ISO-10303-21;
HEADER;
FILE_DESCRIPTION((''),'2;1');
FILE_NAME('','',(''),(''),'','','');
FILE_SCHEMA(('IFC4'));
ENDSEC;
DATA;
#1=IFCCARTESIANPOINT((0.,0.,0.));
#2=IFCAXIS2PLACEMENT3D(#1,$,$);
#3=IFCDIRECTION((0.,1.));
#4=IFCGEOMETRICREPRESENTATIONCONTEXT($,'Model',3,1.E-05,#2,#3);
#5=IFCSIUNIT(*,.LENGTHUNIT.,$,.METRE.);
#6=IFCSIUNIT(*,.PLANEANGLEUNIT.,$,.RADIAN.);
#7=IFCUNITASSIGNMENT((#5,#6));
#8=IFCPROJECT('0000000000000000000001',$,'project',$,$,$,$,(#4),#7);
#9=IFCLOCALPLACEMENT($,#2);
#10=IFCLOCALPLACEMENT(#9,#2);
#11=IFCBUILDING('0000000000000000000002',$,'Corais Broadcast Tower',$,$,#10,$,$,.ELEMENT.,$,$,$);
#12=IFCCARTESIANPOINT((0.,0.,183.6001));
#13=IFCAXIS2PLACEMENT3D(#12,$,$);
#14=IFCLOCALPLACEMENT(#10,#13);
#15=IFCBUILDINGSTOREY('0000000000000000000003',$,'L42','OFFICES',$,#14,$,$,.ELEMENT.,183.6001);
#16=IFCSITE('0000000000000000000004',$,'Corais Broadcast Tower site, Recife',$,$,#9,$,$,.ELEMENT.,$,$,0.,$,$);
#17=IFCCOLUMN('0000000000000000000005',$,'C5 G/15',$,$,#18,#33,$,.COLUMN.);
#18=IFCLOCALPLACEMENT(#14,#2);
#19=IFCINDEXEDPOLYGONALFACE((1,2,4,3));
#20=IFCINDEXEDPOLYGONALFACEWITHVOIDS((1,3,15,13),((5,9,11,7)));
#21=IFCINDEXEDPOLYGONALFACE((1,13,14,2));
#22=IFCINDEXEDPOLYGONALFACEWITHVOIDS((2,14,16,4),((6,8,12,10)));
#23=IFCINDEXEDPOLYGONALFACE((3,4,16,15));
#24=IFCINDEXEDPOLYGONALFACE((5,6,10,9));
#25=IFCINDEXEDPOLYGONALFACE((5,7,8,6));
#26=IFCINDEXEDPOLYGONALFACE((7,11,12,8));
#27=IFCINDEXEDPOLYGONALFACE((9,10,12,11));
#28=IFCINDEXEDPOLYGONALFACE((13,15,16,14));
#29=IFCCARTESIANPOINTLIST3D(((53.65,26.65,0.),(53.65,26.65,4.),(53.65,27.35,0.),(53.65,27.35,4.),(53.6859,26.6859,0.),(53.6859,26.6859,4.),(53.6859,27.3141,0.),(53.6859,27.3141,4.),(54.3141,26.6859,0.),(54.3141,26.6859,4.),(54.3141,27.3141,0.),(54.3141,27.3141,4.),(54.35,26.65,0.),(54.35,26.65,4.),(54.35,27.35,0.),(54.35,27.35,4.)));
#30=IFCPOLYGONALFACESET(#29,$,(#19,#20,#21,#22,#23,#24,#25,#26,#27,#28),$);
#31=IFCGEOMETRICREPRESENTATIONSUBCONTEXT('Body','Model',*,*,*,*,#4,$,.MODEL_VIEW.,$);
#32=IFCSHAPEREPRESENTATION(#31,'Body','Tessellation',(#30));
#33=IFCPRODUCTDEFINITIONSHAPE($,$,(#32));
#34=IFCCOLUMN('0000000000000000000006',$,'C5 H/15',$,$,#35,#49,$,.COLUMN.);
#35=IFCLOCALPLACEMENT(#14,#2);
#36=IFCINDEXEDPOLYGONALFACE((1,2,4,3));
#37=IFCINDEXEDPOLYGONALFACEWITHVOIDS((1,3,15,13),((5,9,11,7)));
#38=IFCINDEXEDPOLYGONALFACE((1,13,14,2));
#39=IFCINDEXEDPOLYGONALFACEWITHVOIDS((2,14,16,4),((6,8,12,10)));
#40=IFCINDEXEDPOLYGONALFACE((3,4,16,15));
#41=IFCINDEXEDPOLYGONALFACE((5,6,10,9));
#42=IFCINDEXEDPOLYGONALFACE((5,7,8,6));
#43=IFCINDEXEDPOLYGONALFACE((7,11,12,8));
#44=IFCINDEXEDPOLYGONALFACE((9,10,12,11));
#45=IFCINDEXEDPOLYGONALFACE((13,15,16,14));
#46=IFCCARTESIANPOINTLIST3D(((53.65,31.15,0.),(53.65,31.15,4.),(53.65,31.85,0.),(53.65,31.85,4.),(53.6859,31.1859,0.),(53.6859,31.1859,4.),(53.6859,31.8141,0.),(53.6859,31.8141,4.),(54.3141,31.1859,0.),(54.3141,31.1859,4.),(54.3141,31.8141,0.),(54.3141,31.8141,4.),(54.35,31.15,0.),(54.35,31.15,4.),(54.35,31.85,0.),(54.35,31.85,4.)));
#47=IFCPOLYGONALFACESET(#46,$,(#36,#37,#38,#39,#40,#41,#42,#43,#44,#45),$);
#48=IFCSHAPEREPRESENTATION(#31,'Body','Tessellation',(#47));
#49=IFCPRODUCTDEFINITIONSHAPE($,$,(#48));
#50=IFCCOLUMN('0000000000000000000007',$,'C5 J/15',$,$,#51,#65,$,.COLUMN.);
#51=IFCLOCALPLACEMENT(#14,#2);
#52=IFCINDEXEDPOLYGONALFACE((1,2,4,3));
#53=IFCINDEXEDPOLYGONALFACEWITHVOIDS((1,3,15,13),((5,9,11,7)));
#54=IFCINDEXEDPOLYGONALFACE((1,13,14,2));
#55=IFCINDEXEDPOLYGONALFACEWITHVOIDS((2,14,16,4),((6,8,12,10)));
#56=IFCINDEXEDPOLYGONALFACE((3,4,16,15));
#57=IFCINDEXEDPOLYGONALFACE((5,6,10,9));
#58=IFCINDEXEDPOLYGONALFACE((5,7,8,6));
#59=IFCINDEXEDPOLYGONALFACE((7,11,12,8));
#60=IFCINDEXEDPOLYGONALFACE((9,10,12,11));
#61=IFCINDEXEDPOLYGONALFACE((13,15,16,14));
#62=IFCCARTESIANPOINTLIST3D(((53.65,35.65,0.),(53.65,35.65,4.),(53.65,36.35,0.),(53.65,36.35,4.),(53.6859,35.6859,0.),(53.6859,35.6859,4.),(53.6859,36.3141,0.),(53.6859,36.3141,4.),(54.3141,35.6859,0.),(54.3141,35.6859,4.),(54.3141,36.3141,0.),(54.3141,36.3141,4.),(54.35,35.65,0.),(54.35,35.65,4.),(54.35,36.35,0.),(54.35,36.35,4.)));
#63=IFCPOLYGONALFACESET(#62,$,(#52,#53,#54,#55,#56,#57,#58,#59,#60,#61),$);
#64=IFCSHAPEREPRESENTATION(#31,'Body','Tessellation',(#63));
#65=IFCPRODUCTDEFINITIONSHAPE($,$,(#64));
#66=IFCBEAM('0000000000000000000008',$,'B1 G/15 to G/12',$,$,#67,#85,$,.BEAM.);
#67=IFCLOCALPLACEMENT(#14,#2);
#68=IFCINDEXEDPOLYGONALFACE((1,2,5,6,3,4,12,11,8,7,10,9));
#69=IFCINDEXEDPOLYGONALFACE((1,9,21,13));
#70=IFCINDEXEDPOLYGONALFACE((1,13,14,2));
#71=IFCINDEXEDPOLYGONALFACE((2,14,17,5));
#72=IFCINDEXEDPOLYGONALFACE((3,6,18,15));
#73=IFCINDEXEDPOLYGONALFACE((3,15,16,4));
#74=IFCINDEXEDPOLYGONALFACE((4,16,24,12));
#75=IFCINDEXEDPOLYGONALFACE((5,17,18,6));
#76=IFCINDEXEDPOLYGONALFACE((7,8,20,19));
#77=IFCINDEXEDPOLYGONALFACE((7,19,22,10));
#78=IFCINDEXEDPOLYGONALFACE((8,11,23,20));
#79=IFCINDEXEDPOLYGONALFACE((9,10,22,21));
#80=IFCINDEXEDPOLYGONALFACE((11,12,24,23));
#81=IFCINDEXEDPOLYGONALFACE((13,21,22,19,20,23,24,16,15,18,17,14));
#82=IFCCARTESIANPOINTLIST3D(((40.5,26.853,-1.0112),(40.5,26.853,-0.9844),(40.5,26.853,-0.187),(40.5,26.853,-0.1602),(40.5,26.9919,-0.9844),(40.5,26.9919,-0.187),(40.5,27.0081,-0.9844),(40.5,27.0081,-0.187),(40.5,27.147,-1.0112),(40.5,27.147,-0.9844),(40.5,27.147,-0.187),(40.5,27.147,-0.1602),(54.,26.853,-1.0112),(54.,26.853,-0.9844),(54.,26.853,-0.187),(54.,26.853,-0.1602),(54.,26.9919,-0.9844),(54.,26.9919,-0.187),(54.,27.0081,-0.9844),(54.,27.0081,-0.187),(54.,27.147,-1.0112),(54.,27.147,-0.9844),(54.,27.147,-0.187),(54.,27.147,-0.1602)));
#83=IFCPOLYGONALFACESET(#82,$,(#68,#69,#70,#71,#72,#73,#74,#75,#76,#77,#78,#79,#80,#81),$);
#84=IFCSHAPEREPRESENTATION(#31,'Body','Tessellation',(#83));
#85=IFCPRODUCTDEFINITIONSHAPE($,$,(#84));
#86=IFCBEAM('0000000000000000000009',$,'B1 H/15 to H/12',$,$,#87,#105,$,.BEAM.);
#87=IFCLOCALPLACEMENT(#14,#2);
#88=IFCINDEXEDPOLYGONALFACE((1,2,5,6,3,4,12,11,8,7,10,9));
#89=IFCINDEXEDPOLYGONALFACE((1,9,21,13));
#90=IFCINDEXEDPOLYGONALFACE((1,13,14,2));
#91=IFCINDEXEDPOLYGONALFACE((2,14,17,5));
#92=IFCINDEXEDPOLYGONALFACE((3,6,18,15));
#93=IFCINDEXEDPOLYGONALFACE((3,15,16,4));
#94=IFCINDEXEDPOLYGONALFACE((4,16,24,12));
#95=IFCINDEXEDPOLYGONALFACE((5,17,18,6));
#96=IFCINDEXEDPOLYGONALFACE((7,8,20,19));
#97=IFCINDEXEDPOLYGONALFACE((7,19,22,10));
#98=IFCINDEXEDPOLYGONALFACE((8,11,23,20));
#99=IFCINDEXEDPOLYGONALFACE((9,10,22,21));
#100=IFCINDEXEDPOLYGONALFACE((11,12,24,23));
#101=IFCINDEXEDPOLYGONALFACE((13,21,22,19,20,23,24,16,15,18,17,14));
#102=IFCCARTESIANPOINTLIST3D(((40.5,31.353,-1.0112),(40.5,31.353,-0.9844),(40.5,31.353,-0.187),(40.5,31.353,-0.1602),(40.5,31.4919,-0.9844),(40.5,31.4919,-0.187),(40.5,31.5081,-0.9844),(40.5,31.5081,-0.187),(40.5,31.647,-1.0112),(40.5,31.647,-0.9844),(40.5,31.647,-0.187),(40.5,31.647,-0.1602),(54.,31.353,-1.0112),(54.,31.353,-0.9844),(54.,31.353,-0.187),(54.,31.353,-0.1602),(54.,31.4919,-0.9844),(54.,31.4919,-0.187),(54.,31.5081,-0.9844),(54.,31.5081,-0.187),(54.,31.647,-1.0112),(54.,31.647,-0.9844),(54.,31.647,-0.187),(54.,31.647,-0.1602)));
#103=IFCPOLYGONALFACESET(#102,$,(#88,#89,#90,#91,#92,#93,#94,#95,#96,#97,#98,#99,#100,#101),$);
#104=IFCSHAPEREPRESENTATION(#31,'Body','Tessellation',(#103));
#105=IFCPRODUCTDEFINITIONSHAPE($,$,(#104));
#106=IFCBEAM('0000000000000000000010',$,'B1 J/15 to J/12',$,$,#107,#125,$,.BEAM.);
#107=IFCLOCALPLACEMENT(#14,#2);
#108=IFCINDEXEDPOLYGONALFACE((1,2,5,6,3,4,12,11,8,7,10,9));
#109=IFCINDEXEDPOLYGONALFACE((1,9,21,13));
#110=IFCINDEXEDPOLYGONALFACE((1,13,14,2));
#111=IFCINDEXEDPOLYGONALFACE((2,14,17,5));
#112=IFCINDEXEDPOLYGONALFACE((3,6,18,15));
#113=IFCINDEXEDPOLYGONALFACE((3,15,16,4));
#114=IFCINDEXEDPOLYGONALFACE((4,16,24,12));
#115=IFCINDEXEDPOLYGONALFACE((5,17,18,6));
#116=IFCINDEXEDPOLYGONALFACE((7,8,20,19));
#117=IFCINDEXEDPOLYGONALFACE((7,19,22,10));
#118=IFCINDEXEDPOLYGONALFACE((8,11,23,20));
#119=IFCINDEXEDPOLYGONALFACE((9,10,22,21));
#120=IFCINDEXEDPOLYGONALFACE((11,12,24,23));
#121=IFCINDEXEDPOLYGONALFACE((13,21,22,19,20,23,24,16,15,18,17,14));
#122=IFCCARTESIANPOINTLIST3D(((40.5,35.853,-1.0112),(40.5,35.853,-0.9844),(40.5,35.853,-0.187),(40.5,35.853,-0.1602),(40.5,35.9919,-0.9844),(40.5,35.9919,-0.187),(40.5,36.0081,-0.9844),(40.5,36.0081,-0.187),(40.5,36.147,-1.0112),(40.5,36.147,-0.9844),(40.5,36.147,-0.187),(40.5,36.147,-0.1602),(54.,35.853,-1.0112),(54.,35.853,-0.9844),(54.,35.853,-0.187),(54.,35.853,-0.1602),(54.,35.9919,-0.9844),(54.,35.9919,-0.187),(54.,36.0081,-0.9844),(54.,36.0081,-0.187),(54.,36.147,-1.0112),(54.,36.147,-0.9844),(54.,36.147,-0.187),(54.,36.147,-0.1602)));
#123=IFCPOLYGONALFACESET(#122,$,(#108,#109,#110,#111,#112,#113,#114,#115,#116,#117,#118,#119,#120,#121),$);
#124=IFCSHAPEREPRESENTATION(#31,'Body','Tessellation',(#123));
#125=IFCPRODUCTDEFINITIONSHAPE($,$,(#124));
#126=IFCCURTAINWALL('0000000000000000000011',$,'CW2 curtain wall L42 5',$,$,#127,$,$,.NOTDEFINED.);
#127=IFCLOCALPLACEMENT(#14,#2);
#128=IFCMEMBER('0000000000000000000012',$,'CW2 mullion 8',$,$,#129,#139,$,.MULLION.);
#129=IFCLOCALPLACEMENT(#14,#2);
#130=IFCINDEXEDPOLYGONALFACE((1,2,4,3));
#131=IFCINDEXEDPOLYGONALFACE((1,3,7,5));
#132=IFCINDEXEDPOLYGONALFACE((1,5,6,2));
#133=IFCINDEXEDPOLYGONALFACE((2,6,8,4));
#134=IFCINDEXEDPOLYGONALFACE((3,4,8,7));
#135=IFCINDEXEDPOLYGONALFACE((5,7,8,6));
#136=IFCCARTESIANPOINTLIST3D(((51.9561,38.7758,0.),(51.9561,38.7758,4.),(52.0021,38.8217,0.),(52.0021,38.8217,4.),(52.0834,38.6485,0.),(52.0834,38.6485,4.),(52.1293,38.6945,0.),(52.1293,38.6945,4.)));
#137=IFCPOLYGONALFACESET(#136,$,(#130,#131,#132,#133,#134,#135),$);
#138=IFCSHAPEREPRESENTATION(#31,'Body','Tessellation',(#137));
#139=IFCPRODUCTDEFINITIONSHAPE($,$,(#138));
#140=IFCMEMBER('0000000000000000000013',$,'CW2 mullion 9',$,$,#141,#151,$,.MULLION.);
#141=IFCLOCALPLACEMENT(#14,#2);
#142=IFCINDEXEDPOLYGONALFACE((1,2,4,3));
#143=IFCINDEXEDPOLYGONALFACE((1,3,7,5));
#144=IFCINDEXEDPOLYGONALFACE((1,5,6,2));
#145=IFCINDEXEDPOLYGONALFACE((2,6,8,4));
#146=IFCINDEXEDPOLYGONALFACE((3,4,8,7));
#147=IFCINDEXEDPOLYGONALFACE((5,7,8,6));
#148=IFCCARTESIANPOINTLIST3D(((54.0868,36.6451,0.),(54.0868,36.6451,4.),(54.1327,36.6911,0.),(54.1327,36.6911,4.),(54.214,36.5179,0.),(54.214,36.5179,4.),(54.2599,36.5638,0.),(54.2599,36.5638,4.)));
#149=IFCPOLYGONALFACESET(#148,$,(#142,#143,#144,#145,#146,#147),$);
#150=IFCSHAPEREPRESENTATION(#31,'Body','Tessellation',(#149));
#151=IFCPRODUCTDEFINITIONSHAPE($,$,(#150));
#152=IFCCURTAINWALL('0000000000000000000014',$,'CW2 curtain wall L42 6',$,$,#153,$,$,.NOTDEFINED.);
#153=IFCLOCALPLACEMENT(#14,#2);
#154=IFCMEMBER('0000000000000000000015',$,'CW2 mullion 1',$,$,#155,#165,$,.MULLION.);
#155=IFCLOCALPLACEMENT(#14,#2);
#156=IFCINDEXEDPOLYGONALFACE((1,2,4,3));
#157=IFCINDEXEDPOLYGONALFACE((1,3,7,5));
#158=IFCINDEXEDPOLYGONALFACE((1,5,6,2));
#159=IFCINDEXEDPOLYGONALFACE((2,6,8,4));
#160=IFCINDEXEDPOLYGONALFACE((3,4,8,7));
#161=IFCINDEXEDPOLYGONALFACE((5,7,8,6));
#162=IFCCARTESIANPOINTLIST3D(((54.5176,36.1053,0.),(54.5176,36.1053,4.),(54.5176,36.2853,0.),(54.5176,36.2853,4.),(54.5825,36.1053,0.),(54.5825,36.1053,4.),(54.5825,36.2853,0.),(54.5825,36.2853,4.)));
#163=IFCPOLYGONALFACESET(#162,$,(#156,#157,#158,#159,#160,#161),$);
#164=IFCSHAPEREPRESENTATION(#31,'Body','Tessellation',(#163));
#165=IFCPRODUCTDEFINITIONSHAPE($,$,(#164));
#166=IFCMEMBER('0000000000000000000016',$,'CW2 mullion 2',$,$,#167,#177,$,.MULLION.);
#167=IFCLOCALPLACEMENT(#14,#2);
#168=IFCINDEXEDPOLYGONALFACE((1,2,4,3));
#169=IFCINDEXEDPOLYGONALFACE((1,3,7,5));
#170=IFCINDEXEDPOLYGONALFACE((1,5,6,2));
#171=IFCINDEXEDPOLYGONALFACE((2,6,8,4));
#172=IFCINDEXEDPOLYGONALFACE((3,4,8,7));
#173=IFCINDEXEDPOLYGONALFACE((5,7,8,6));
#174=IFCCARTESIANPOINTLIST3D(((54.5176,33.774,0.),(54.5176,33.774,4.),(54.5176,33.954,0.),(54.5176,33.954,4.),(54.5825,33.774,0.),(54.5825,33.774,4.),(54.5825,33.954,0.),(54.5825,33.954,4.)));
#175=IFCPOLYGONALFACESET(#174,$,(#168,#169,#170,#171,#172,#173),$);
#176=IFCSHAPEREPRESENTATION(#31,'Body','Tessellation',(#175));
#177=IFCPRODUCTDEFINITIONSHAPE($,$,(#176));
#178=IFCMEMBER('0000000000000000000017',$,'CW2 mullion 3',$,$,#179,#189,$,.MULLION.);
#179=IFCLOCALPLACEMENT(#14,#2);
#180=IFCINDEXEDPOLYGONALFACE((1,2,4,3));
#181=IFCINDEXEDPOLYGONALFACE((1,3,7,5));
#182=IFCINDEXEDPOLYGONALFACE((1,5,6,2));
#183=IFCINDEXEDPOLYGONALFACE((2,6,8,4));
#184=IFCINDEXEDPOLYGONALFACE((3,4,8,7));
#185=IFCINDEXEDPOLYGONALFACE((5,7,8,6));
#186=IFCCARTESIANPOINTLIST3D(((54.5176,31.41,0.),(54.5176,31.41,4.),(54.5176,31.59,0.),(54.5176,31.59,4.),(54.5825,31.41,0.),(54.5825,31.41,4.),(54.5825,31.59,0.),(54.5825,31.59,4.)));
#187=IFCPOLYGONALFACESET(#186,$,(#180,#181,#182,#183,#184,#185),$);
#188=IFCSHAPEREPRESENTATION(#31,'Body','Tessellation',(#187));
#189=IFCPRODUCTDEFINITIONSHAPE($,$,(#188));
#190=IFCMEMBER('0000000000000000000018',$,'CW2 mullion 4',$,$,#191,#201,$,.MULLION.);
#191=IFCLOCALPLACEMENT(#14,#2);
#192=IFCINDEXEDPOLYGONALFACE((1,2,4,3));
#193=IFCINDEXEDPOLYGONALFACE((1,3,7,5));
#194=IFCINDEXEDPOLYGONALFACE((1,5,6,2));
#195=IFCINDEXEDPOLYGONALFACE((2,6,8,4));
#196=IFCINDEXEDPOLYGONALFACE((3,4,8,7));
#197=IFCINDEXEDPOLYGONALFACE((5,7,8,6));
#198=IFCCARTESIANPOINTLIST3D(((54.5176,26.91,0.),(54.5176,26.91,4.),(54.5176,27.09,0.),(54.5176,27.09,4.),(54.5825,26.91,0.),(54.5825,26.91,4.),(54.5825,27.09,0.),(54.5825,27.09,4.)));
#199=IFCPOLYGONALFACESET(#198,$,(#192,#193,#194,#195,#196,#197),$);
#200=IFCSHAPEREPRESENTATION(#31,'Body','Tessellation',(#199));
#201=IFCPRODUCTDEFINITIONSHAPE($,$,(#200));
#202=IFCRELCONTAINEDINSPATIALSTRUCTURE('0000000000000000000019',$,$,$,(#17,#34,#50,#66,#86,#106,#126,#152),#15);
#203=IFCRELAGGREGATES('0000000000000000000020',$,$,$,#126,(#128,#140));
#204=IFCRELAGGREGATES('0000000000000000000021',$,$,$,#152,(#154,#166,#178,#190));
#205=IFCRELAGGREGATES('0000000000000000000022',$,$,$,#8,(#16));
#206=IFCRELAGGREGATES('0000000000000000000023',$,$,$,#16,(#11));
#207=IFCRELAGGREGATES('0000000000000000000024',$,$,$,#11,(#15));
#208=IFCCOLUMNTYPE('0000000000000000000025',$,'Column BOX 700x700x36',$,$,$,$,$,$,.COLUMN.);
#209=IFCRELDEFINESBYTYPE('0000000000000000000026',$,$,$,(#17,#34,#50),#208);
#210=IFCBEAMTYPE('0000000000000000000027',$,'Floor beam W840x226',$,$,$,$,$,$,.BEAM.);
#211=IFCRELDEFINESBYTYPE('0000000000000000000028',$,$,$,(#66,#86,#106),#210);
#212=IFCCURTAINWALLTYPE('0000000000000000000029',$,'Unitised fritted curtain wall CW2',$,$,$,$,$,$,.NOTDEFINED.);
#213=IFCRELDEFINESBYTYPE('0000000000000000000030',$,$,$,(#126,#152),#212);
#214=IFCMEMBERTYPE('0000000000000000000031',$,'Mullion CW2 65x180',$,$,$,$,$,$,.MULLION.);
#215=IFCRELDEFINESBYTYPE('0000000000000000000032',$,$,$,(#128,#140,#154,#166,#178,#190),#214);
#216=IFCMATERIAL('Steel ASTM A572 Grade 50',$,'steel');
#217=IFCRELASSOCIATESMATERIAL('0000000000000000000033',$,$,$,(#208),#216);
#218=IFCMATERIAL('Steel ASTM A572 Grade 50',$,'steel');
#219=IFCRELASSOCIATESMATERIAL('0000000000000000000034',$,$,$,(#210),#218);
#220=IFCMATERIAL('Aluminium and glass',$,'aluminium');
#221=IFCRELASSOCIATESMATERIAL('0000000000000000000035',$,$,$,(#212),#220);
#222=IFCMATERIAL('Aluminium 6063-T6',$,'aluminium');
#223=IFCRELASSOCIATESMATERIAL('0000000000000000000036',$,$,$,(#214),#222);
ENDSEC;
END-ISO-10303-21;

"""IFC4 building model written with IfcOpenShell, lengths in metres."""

from ifc_helpers import new_model, si_unit, direction, frame, origin, origin_2d, place, context, subcontext, project, spatial, rectangle, hollow_rectangle, i_section, extrude, material, material_profile, profile_set, type_object, element, aggregate, save


model = new_model("IFC4")

# Units and contexts
model_context = context("Model", 3, precision=1e-05, world=origin(), true_north=direction((0.0, 1.0)))
body_context = subcontext(model_context, "Body", "Model", "MODEL_VIEW")
ifc_project = project(units=[si_unit("LENGTHUNIT", "METRE"), si_unit("PLANEANGLEUNIT", "RADIAN")], contexts=[model_context])

# Site, building, storey
site_placement = place(None, origin())
site = spatial("IfcSite", under=ifc_project, at=site_placement, Name="Corais Broadcast Tower site, Recife", CompositionType="ELEMENT", RefElevation=0.0)
building_placement = place(site_placement, origin())
building = spatial("IfcBuilding", under=site, at=building_placement, Name="Corais Broadcast Tower", CompositionType="ELEMENT")
storey_placement = place(building_placement, frame((0.0, 0.0, 183.6001)))
storey = spatial("IfcBuildingStorey", under=building, at=storey_placement, Name="L42", Description="OFFICES", CompositionType="ELEMENT", Elevation=183.6001)

# Columns
ifc_material_1 = material(Name="Steel ASTM A572 Grade 50", Category="steel")
ifc_material_profile_1 = material_profile(ifc_material_1, hollow_rectangle(XDim=0.7, YDim=0.7, WallThickness=0.0359, at=origin_2d()), Name="BOX 700x700x36")
ifc_profile_set_1 = profile_set([ifc_material_profile_1], Name="Steel ASTM A572 Grade 50")
column_type = type_object("IfcColumnType", Name="Column BOX 700x700x36", PredefinedType="COLUMN", material=ifc_profile_set_1)
for number, where, z_axis, x_axis, name in (
    (1, (54.0, 27.0, 0.0), (0.0, 0.0, 1.0), (1.0, 0.0, 0.0), "C5 G/15"),
    (2, (54.0, 31.5, 0.0), (0.0, 0.0, 1.0), (1.0, 0.0, 0.0), "C5 H/15"),
    (3, (54.0, 36.0, 0.0), (0.0, 0.0, 1.0), (1.0, 0.0, 0.0), "C5 J/15"),
):
    element("IfcColumn", number, at=place(storey_placement, frame(where, z_axis=z_axis, x_axis=x_axis)), inside=storey, type_object=column_type, Name=name, PredefinedType="COLUMN", context=body_context, shape_type="SweptSolid", body=[
        extrude(hollow_rectangle(XDim=0.7, YDim=0.7, WallThickness=0.0359, at=origin_2d()), origin(), (0.0, 0.0, 1.0), 4.0),
    ])

# Beams
ifc_material_2 = material(Name="Steel ASTM A572 Grade 50", Category="steel")
ifc_material_profile_2 = material_profile(ifc_material_2, i_section(OverallWidth=0.2939, OverallDepth=0.8511, WebThickness=0.0161, FlangeThickness=0.0269, at=origin_2d()), Name="W840x226")
ifc_profile_set_2 = profile_set([ifc_material_profile_2], Name="Steel ASTM A572 Grade 50")
beam_type_1 = type_object("IfcBeamType", Name="Floor beam W840x226", PredefinedType="BEAM", material=ifc_profile_set_2)
for number, where, z_axis, x_axis, name in (
    (4, (54.0, 27.0, -0.5857), (-1.0, 0.0, 0.0), (0.0, -1.0, 0.0), "B1 G/15 to G/12"),
    (5, (54.0, 31.5, -0.5857), (-1.0, 0.0, 0.0), (0.0, -1.0, 0.0), "B1 H/15 to H/12"),
    (6, (54.0, 36.0, -0.5857), (-1.0, 0.0, 0.0), (0.0, -1.0, 0.0), "B1 J/15 to J/12"),
):
    element("IfcBeam", number, at=place(storey_placement, frame(where, z_axis=z_axis, x_axis=x_axis)), inside=storey, type_object=beam_type_1, Name=name, PredefinedType="BEAM", context=body_context, shape_type="SweptSolid", body=[
        extrude(i_section(OverallWidth=0.2939, OverallDepth=0.8511, WebThickness=0.0161, FlangeThickness=0.0269, at=origin_2d()), origin(), (0.0, 0.0, 1.0), 13.5),
    ])

# Curtain walls, members
ifc_material_3 = material(Name="Aluminium and glass", Category="aluminium")
curtain_wall_type = type_object("IfcCurtainWallType", Name="Unitised fritted curtain wall CW2", PredefinedType="NOTDEFINED", material=ifc_material_3)
curtain_wall_1_placement = place(storey_placement, origin())
curtain_wall_1 = element("IfcCurtainWall", 7, at=curtain_wall_1_placement, inside=storey, type_object=curtain_wall_type, Name="CW2 curtain wall L42 5", PredefinedType="NOTDEFINED")
ifc_material_4 = material(Name="Aluminium 6063-T6", Category="aluminium")
ifc_material_profile_3 = material_profile(ifc_material_4, rectangle(XDim=0.0649, YDim=0.1799, at=origin_2d()), Name="Mullion CW2 65x180")
ifc_profile_set_3 = profile_set([ifc_material_profile_3], Name="Aluminium 6063-T6")
member_type_1 = type_object("IfcMemberType", Name="Mullion CW2 65x180", PredefinedType="MULLION", material=ifc_profile_set_3)
member_1_placement = place(storey_placement, frame((52.0427, 38.7351, 0.0), z_axis=(0.0, 0.0, 1.0), x_axis=(0.707107, 0.707107, 0.0)))
member_1 = element("IfcMember", 8, at=member_1_placement, type_object=member_type_1, Name="CW2 mullion 8", PredefinedType="MULLION", context=body_context, shape_type="SweptSolid", body=[
    extrude(rectangle(XDim=0.0649, YDim=0.1799, at=origin_2d()), origin(), (0.0, 0.0, 1.0), 4.0),
])
member_2_placement = place(storey_placement, frame((54.1733, 36.6045, 0.0), z_axis=(0.0, 0.0, 1.0), x_axis=(0.707107, 0.707107, 0.0)))
member_2 = element("IfcMember", 9, at=member_2_placement, type_object=member_type_1, Name="CW2 mullion 9", PredefinedType="MULLION", context=body_context, shape_type="SweptSolid", body=[
    extrude(rectangle(XDim=0.0649, YDim=0.1799, at=origin_2d()), origin(), (0.0, 0.0, 1.0), 4.0),
])
curtain_wall_2_placement = place(storey_placement, origin())
curtain_wall_2 = element("IfcCurtainWall", 10, at=curtain_wall_2_placement, inside=storey, type_object=curtain_wall_type, Name="CW2 curtain wall L42 6", PredefinedType="NOTDEFINED")
member_3_placement = place(storey_placement, frame((54.55, 36.1953, 0.0), z_axis=(0.0, 0.0, 1.0), x_axis=(1.0, 0.0, 0.0)))
member_3 = element("IfcMember", 11, at=member_3_placement, type_object=member_type_1, Name="CW2 mullion 1", PredefinedType="MULLION", context=body_context, shape_type="SweptSolid", body=[
    extrude(rectangle(XDim=0.0649, YDim=0.1799, at=origin_2d()), origin(), (0.0, 0.0, 1.0), 4.0),
])
member_4_placement = place(storey_placement, frame((54.55, 33.864, 0.0), z_axis=(0.0, 0.0, 1.0), x_axis=(1.0, 0.0, 0.0)))
member_4 = element("IfcMember", 12, at=member_4_placement, type_object=member_type_1, Name="CW2 mullion 2", PredefinedType="MULLION", context=body_context, shape_type="SweptSolid", body=[
    extrude(rectangle(XDim=0.0649, YDim=0.1799, at=origin_2d()), origin(), (0.0, 0.0, 1.0), 4.0),
])
member_5_placement = place(storey_placement, frame((54.55, 31.5, 0.0), z_axis=(0.0, 0.0, 1.0), x_axis=(1.0, 0.0, 0.0)))
member_5 = element("IfcMember", 13, at=member_5_placement, type_object=member_type_1, Name="CW2 mullion 3", PredefinedType="MULLION", context=body_context, shape_type="SweptSolid", body=[
    extrude(rectangle(XDim=0.0649, YDim=0.1799, at=origin_2d()), origin(), (0.0, 0.0, 1.0), 4.0),
])
member_6_placement = place(storey_placement, frame((54.55, 27.0, 0.0), z_axis=(0.0, 0.0, 1.0), x_axis=(1.0, 0.0, 0.0)))
member_6 = element("IfcMember", 14, at=member_6_placement, type_object=member_type_1, Name="CW2 mullion 4", PredefinedType="MULLION", context=body_context, shape_type="SweptSolid", body=[
    extrude(rectangle(XDim=0.0649, YDim=0.1799, at=origin_2d()), origin(), (0.0, 0.0, 1.0), 4.0),
])

aggregate(curtain_wall_1, [member_1, member_2])
aggregate(curtain_wall_2, [member_3, member_4, member_5, member_6])

save(model, "model.ifc")
